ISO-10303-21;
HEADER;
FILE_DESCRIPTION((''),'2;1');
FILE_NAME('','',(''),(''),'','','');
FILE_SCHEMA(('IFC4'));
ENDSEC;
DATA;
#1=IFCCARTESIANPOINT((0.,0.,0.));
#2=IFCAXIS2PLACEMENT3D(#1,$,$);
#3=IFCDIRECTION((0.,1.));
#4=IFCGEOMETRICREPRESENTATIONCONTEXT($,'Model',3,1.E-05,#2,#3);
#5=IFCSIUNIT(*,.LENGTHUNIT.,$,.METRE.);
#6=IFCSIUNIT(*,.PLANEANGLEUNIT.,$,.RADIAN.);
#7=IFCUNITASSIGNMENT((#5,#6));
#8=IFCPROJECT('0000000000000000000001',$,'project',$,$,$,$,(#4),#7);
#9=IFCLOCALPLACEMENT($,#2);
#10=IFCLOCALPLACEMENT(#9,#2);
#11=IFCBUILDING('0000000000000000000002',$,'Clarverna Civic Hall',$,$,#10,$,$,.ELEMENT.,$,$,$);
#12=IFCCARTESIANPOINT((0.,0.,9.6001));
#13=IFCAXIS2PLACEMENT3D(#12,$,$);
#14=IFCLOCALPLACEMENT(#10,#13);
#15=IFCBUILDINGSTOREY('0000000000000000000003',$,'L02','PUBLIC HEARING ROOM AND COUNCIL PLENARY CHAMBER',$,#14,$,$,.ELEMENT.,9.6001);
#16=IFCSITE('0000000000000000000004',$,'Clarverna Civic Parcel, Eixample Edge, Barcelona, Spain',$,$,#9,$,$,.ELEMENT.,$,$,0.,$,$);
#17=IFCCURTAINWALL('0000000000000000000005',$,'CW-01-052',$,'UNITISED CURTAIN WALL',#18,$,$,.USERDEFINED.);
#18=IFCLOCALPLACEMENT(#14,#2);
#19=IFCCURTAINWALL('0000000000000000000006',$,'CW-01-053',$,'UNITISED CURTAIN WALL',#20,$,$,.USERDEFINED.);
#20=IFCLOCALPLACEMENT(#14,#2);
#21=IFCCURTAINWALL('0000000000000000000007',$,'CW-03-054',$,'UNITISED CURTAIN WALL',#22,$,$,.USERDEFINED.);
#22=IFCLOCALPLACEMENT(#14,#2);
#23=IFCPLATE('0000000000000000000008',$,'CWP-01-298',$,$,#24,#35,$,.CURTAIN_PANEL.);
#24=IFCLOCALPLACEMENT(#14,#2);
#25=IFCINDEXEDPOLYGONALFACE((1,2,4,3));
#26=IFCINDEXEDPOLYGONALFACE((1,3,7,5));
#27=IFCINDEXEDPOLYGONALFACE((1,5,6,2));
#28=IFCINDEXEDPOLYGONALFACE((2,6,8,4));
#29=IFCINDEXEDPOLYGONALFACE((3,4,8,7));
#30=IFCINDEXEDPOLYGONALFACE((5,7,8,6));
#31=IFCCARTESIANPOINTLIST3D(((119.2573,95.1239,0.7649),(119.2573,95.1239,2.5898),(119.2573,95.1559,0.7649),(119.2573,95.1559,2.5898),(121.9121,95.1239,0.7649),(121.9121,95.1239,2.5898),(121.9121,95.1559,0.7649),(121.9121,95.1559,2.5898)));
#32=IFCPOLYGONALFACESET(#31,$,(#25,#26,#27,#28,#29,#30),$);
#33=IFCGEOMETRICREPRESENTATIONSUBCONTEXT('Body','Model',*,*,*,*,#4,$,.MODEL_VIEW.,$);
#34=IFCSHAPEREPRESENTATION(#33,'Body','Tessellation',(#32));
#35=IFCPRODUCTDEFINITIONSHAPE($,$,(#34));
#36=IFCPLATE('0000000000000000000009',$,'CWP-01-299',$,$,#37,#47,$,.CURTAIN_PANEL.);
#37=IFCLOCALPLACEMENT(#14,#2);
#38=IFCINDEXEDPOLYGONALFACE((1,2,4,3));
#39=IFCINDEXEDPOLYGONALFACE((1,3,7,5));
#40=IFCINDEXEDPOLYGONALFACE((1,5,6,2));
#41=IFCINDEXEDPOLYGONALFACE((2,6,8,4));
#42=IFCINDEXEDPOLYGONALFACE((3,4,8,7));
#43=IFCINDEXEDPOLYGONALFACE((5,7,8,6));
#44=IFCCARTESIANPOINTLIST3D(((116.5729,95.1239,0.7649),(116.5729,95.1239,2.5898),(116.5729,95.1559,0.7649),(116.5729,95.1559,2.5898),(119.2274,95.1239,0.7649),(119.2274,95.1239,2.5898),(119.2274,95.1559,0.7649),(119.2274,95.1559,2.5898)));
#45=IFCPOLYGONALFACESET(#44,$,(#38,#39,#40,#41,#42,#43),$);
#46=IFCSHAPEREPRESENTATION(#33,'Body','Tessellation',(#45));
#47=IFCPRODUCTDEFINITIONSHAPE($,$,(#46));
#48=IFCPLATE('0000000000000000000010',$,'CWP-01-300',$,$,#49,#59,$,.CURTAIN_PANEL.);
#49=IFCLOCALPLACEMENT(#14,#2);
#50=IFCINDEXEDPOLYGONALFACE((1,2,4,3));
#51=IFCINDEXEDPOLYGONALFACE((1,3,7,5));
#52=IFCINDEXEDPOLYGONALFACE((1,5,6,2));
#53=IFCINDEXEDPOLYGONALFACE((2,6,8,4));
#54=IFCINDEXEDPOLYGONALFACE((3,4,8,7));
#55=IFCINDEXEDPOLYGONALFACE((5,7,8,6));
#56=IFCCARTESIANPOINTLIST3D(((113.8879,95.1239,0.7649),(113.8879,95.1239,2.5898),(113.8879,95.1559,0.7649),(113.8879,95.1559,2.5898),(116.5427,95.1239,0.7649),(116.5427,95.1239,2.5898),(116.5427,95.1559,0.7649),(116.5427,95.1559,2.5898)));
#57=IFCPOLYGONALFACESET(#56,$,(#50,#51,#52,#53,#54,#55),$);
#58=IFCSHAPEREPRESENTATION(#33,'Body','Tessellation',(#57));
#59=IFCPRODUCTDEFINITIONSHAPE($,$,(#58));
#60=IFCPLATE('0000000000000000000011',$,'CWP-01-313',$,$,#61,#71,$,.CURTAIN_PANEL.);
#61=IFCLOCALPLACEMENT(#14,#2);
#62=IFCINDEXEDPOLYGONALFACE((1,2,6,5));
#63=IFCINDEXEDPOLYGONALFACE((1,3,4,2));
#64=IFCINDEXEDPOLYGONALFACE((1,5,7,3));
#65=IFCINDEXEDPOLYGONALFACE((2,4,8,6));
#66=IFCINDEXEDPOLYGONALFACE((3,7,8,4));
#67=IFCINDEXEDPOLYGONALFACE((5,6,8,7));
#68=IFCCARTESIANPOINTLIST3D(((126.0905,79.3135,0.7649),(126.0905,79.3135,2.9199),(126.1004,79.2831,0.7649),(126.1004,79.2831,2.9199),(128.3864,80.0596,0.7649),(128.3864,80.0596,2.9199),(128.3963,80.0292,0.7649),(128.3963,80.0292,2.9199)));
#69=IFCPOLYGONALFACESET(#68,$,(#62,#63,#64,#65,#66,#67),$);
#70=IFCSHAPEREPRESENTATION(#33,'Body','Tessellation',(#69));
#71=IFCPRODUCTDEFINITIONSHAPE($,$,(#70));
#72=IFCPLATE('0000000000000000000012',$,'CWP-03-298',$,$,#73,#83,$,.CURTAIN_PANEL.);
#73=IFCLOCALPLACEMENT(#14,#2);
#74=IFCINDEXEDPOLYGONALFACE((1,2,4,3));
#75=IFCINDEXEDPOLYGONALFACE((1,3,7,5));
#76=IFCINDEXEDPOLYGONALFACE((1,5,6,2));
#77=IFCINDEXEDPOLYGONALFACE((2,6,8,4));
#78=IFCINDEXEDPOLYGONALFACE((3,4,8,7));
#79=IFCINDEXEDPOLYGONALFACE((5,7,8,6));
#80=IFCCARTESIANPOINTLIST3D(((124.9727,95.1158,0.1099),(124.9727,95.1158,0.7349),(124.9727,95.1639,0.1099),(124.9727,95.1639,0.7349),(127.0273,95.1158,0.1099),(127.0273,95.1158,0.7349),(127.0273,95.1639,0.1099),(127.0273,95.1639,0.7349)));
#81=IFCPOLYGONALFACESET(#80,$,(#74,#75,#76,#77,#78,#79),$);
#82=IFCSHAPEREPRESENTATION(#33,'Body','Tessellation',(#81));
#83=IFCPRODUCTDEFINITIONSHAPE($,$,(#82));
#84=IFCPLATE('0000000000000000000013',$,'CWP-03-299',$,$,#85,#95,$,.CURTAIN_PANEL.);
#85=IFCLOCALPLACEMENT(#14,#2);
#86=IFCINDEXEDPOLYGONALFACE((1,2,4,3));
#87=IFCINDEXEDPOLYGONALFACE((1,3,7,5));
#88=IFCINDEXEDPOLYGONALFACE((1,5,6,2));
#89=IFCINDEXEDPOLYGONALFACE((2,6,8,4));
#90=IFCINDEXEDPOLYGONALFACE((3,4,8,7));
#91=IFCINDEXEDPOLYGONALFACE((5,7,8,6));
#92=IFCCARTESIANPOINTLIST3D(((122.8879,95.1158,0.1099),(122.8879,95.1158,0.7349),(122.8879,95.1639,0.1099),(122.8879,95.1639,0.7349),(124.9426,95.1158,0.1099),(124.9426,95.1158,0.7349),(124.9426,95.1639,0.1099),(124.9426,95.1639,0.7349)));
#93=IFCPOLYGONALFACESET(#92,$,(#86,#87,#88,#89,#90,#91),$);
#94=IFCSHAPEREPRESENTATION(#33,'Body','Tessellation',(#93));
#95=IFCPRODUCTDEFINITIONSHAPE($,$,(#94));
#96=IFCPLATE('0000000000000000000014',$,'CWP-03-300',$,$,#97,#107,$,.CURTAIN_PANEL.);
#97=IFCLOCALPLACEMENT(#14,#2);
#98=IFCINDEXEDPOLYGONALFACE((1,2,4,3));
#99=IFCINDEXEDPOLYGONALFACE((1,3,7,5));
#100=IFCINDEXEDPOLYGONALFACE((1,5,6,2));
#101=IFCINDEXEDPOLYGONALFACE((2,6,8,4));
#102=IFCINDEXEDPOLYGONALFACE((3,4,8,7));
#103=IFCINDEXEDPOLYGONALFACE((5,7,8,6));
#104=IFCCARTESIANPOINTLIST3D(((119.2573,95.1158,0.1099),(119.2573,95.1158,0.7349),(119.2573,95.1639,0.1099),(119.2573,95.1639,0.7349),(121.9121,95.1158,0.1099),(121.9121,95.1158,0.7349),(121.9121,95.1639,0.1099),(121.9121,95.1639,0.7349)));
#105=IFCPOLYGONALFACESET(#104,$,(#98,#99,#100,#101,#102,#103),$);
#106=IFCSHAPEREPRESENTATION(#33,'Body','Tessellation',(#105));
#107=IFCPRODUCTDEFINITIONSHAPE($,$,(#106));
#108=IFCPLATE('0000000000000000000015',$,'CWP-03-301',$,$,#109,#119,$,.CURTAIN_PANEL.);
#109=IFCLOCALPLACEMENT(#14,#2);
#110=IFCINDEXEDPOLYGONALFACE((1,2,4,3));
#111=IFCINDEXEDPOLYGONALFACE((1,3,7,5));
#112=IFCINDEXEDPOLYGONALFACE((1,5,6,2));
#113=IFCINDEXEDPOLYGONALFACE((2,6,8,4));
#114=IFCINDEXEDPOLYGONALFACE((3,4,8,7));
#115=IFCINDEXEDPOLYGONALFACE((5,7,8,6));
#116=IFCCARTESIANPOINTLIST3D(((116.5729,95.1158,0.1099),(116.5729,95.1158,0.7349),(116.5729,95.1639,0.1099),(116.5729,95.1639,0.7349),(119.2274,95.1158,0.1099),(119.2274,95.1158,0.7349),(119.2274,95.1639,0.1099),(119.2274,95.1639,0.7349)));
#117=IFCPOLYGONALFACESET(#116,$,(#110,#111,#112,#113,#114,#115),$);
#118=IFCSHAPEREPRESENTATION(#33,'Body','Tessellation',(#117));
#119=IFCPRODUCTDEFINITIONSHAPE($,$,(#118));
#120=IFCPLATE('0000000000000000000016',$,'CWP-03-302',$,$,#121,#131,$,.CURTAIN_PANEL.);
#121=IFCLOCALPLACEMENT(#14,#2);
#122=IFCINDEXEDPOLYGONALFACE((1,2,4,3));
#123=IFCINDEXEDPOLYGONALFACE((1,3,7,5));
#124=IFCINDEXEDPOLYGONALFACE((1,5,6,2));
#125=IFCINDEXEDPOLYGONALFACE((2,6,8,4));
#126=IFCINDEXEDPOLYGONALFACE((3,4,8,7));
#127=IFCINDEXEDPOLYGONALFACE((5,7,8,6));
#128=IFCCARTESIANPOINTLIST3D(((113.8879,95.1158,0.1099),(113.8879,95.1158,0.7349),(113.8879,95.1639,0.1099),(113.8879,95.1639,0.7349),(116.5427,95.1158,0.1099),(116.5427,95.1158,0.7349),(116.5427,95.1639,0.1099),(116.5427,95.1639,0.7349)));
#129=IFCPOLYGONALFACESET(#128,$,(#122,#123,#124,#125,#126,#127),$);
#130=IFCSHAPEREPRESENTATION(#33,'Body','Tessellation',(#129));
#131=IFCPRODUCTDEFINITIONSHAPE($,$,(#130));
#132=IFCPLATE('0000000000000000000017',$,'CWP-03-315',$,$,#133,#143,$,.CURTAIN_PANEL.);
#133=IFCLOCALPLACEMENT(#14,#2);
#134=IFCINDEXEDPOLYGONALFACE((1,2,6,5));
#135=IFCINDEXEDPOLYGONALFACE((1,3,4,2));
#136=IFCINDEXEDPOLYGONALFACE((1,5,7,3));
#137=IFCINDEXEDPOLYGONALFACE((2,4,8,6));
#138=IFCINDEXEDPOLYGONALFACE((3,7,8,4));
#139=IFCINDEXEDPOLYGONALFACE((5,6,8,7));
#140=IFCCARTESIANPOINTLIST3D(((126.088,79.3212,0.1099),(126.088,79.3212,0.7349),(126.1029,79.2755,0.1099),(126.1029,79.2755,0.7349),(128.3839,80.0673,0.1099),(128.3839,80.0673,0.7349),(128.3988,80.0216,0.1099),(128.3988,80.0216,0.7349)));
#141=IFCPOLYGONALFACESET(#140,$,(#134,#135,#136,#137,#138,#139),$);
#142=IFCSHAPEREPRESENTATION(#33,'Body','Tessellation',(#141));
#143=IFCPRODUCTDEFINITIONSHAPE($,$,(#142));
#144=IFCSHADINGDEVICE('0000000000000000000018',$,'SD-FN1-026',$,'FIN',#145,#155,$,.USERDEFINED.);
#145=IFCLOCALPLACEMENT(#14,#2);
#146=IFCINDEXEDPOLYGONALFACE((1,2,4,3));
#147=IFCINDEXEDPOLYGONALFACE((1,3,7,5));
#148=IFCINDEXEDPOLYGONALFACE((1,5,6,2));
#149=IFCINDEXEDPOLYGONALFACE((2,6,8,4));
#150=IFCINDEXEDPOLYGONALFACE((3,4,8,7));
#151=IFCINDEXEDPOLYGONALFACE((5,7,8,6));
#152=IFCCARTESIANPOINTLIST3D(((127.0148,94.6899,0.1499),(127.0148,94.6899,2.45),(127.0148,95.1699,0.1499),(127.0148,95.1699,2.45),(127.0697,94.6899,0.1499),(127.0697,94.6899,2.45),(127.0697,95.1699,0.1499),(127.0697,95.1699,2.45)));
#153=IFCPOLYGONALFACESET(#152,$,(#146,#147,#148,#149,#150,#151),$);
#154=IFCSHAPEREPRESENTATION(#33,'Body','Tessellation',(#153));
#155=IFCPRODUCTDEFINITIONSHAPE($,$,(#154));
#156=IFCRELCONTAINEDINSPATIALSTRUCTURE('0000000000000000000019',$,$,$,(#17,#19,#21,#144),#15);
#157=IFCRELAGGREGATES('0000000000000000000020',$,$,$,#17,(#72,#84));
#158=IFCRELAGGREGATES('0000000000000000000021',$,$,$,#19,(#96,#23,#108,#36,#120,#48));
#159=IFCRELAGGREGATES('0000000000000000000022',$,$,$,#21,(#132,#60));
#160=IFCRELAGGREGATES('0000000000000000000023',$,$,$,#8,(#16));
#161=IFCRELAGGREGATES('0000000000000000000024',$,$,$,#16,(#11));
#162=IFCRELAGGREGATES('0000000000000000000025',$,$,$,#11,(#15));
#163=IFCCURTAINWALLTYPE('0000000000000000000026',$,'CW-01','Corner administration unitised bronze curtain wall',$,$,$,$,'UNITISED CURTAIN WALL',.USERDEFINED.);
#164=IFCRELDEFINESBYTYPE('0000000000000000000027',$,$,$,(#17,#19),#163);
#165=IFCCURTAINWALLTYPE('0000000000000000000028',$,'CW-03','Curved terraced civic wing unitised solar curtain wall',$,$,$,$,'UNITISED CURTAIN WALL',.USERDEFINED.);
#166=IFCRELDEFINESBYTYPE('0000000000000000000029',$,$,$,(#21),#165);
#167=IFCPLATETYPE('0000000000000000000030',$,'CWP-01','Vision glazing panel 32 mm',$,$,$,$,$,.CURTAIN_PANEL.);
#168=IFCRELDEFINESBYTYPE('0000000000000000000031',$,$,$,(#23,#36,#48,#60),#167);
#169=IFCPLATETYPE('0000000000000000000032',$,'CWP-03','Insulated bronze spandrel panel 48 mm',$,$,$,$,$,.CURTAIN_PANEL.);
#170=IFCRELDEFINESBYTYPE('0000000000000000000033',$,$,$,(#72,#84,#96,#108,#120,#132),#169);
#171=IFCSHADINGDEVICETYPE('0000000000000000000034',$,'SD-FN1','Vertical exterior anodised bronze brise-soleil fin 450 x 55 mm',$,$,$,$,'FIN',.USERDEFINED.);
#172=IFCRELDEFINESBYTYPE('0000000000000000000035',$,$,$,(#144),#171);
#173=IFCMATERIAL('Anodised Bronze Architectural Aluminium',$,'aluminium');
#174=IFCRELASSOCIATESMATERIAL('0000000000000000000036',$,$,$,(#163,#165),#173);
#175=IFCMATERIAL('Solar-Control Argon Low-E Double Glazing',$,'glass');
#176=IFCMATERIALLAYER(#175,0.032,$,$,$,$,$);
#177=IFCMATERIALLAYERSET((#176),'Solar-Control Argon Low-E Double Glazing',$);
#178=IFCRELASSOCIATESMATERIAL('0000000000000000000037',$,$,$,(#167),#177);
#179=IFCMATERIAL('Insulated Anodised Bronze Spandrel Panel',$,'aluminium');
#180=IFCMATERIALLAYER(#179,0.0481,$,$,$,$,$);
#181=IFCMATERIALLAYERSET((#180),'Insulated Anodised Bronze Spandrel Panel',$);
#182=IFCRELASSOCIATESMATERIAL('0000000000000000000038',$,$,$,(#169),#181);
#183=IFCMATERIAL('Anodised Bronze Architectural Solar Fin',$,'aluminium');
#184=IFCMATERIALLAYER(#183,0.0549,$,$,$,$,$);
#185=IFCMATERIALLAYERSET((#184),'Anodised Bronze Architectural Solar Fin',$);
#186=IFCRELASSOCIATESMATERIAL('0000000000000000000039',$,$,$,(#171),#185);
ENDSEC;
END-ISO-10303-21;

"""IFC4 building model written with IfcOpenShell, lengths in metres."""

from ifc_helpers import new_model, si_unit, direction, frame, frame_2d, origin, place, context, subcontext, project, spatial, rectangle, extrude, material, layer, layer_set, type_object, element, aggregate, save


model = new_model("IFC4")

# Units and contexts
model_context = context("Model", 3, precision=1e-05, world=origin(), true_north=direction((0.0, 1.0)))
body_context = subcontext(model_context, "Body", "Model", "MODEL_VIEW")
ifc_project = project(units=[si_unit("LENGTHUNIT", "METRE"), si_unit("PLANEANGLEUNIT", "RADIAN")], contexts=[model_context])

# Site, building, storey
site_placement = place(None, origin())
site = spatial("IfcSite", under=ifc_project, at=site_placement, Name="Clarverna Civic Parcel, Eixample Edge, Barcelona, Spain", CompositionType="ELEMENT", RefElevation=0.0)
building_placement = place(site_placement, origin())
building = spatial("IfcBuilding", under=site, at=building_placement, Name="Clarverna Civic Hall", CompositionType="ELEMENT")
storey_placement = place(building_placement, frame((0.0, 0.0, 9.6001)))
storey = spatial("IfcBuildingStorey", under=building, at=storey_placement, Name="L02", Description="PUBLIC HEARING ROOM AND COUNCIL PLENARY CHAMBER", CompositionType="ELEMENT", Elevation=9.6001)

# Curtain walls
ifc_material_1 = material(Name="Anodised Bronze Architectural Aluminium", Category="aluminium")
curtain_wall_type_1 = type_object("IfcCurtainWallType", Name="CW-01", Description="Corner administration unitised bronze curtain wall", ElementType="UNITISED CURTAIN WALL", PredefinedType="USERDEFINED", material=ifc_material_1)
curtain_wall_1_placement = place(storey_placement, origin())
curtain_wall_1 = element("IfcCurtainWall", 1, at=curtain_wall_1_placement, inside=storey, type_object=curtain_wall_type_1, Name="CW-01-052", ObjectType="UNITISED CURTAIN WALL", PredefinedType="USERDEFINED")
curtain_wall_2_placement = place(storey_placement, origin())
curtain_wall_2 = element("IfcCurtainWall", 2, at=curtain_wall_2_placement, inside=storey, type_object=curtain_wall_type_1, Name="CW-01-053", ObjectType="UNITISED CURTAIN WALL", PredefinedType="USERDEFINED")

# Curtain wall
curtain_wall_type_2 = type_object("IfcCurtainWallType", Name="CW-03", Description="Curved terraced civic wing unitised solar curtain wall", ElementType="UNITISED CURTAIN WALL", PredefinedType="USERDEFINED", material=ifc_material_1)
curtain_wall_3_placement = place(storey_placement, origin())
curtain_wall_3 = element("IfcCurtainWall", 3, at=curtain_wall_3_placement, inside=storey, type_object=curtain_wall_type_2, Name="CW-03-054", ObjectType="UNITISED CURTAIN WALL", PredefinedType="USERDEFINED")

# Plates
ifc_material_2 = material(Name="Solar-Control Argon Low-E Double Glazing", Category="glass")
ifc_layer_1 = layer(ifc_material_2, 0.032)
ifc_layer_set_1 = layer_set([ifc_layer_1], Name="Solar-Control Argon Low-E Double Glazing")
plate_type_1 = type_object("IfcPlateType", Name="CWP-01", Description="Vision glazing panel 32 mm", PredefinedType="CURTAIN_PANEL", material=ifc_layer_set_1)
plate_1_placement = place(storey_placement, frame((121.9121, 95.1399, 0.7649), z_axis=(0.0, 0.0, 1.0), x_axis=(-1.0, 0.0, 0.0)))
plate_1 = element("IfcPlate", 4, at=plate_1_placement, type_object=plate_type_1, Name="CWP-01-298", PredefinedType="CURTAIN_PANEL", context=body_context, shape_type="SweptSolid", body=[
    extrude(rectangle(XDim=2.6548, YDim=0.032, at=frame_2d((1.3274, 0.0))), origin(), (0.0, 0.0, 1.0), 1.825),
])
plate_2_placement = place(storey_placement, frame((119.2273, 95.1399, 0.7649), z_axis=(0.0, 0.0, 1.0), x_axis=(-1.0, 0.0, 0.0)))
plate_2 = element("IfcPlate", 5, at=plate_2_placement, type_object=plate_type_1, Name="CWP-01-299", PredefinedType="CURTAIN_PANEL", context=body_context, shape_type="SweptSolid", body=[
    extrude(rectangle(XDim=2.6545, YDim=0.032, at=frame_2d((1.3271, 0.0))), origin(), (0.0, 0.0, 1.0), 1.825),
])
plate_3_placement = place(storey_placement, frame((116.5427, 95.1399, 0.7649), z_axis=(0.0, 0.0, 1.0), x_axis=(-1.0, 0.0, 0.0)))
plate_3 = element("IfcPlate", 6, at=plate_3_placement, type_object=plate_type_1, Name="CWP-01-300", PredefinedType="CURTAIN_PANEL", context=body_context, shape_type="SweptSolid", body=[
    extrude(rectangle(XDim=2.6548, YDim=0.032, at=frame_2d((1.3274, 0.0))), origin(), (0.0, 0.0, 1.0), 1.825),
])
plate_4_placement = place(storey_placement, frame((126.0955, 79.2983, 0.7649), z_axis=(0.0, 0.0, 1.0), x_axis=(0.951043, 0.309059, 0.0)))
plate_4 = element("IfcPlate", 7, at=plate_4_placement, type_object=plate_type_1, Name="CWP-01-313", PredefinedType="CURTAIN_PANEL", context=body_context, shape_type="SweptSolid", body=[
    extrude(rectangle(XDim=2.4141, YDim=0.032, at=frame_2d((1.207, 0.0))), origin(), (0.0, 0.0, 1.0), 2.155),
])
ifc_material_3 = material(Name="Insulated Anodised Bronze Spandrel Panel", Category="aluminium")
ifc_layer_2 = layer(ifc_material_3, 0.0481)
ifc_layer_set_2 = layer_set([ifc_layer_2], Name="Insulated Anodised Bronze Spandrel Panel")
plate_type_2 = type_object("IfcPlateType", Name="CWP-03", Description="Insulated bronze spandrel panel 48 mm", PredefinedType="CURTAIN_PANEL", material=ifc_layer_set_2)
plate_5_placement = place(storey_placement, frame((127.0273, 95.1399, 0.1099), z_axis=(0.0, 0.0, 1.0), x_axis=(-1.0, 0.0, 0.0)))
plate_5 = element("IfcPlate", 8, at=plate_5_placement, type_object=plate_type_2, Name="CWP-03-298", PredefinedType="CURTAIN_PANEL", context=body_context, shape_type="SweptSolid", body=[
    extrude(rectangle(XDim=2.0547, YDim=0.0481, at=frame_2d((1.0273, 0.0))), origin(), (0.0, 0.0, 1.0), 0.625),
])
plate_6_placement = place(storey_placement, frame((124.9426, 95.1399, 0.1099), z_axis=(0.0, 0.0, 1.0), x_axis=(-1.0, 0.0, 0.0)))
plate_6 = element("IfcPlate", 9, at=plate_6_placement, type_object=plate_type_2, Name="CWP-03-299", PredefinedType="CURTAIN_PANEL", context=body_context, shape_type="SweptSolid", body=[
    extrude(rectangle(XDim=2.0547, YDim=0.0481, at=frame_2d((1.0273, 0.0))), origin(), (0.0, 0.0, 1.0), 0.625),
])
aggregate(curtain_wall_1, [plate_5, plate_6])
plate_7_placement = place(storey_placement, frame((121.9121, 95.1399, 0.1099), z_axis=(0.0, 0.0, 1.0), x_axis=(-1.0, 0.0, 0.0)))
plate_7 = element("IfcPlate", 10, at=plate_7_placement, type_object=plate_type_2, Name="CWP-03-300", PredefinedType="CURTAIN_PANEL", context=body_context, shape_type="SweptSolid", body=[
    extrude(rectangle(XDim=2.6548, YDim=0.0481, at=frame_2d((1.3274, 0.0))), origin(), (0.0, 0.0, 1.0), 0.625),
])
plate_8_placement = place(storey_placement, frame((119.2273, 95.1399, 0.1099), z_axis=(0.0, 0.0, 1.0), x_axis=(-1.0, 0.0, 0.0)))
plate_8 = element("IfcPlate", 11, at=plate_8_placement, type_object=plate_type_2, Name="CWP-03-301", PredefinedType="CURTAIN_PANEL", context=body_context, shape_type="SweptSolid", body=[
    extrude(rectangle(XDim=2.6545, YDim=0.0481, at=frame_2d((1.3271, 0.0))), origin(), (0.0, 0.0, 1.0), 0.625),
])
plate_9_placement = place(storey_placement, frame((116.5427, 95.1399, 0.1099), z_axis=(0.0, 0.0, 1.0), x_axis=(-1.0, 0.0, 0.0)))
plate_9 = element("IfcPlate", 12, at=plate_9_placement, type_object=plate_type_2, Name="CWP-03-302", PredefinedType="CURTAIN_PANEL", context=body_context, shape_type="SweptSolid", body=[
    extrude(rectangle(XDim=2.6548, YDim=0.0481, at=frame_2d((1.3274, 0.0))), origin(), (0.0, 0.0, 1.0), 0.625),
])
aggregate(curtain_wall_2, [plate_7, plate_1, plate_8, plate_2, plate_9, plate_3])
plate_10_placement = place(storey_placement, frame((126.0955, 79.2983, 0.1099), z_axis=(0.0, 0.0, 1.0), x_axis=(0.951043, 0.309059, 0.0)))
plate_10 = element("IfcPlate", 13, at=plate_10_placement, type_object=plate_type_2, Name="CWP-03-315", PredefinedType="CURTAIN_PANEL", context=body_context, shape_type="SweptSolid", body=[
    extrude(rectangle(XDim=2.4141, YDim=0.0481, at=frame_2d((1.207, 0.0))), origin(), (0.0, 0.0, 1.0), 0.625),
])
aggregate(curtain_wall_3, [plate_10, plate_4])

# Shading device
ifc_material_4 = material(Name="Anodised Bronze Architectural Solar Fin", Category="aluminium")
ifc_layer_3 = layer(ifc_material_4, 0.0549)
ifc_layer_set_3 = layer_set([ifc_layer_3], Name="Anodised Bronze Architectural Solar Fin")
shading_device_type = type_object("IfcShadingDeviceType", Name="SD-FN1", Description="Vertical exterior anodised bronze brise-soleil fin 450 x 55 mm", ElementType="FIN", PredefinedType="USERDEFINED", material=ifc_layer_set_3)
shading_device_placement = place(storey_placement, frame((127.0422, 95.1699, 0.1499), z_axis=(0.0, 0.0, 1.0), x_axis=(0.0, -1.0, 0.0)))
element("IfcShadingDevice", 14, at=shading_device_placement, inside=storey, type_object=shading_device_type, Name="SD-FN1-026", ObjectType="FIN", PredefinedType="USERDEFINED", context=body_context, shape_type="SweptSolid", body=[
    extrude(rectangle(XDim=0.48, YDim=0.0549, at=frame_2d((0.24, 0.0))), origin(), (0.0, 0.0, 1.0), 2.3),
])

save(model, "model.ifc")
